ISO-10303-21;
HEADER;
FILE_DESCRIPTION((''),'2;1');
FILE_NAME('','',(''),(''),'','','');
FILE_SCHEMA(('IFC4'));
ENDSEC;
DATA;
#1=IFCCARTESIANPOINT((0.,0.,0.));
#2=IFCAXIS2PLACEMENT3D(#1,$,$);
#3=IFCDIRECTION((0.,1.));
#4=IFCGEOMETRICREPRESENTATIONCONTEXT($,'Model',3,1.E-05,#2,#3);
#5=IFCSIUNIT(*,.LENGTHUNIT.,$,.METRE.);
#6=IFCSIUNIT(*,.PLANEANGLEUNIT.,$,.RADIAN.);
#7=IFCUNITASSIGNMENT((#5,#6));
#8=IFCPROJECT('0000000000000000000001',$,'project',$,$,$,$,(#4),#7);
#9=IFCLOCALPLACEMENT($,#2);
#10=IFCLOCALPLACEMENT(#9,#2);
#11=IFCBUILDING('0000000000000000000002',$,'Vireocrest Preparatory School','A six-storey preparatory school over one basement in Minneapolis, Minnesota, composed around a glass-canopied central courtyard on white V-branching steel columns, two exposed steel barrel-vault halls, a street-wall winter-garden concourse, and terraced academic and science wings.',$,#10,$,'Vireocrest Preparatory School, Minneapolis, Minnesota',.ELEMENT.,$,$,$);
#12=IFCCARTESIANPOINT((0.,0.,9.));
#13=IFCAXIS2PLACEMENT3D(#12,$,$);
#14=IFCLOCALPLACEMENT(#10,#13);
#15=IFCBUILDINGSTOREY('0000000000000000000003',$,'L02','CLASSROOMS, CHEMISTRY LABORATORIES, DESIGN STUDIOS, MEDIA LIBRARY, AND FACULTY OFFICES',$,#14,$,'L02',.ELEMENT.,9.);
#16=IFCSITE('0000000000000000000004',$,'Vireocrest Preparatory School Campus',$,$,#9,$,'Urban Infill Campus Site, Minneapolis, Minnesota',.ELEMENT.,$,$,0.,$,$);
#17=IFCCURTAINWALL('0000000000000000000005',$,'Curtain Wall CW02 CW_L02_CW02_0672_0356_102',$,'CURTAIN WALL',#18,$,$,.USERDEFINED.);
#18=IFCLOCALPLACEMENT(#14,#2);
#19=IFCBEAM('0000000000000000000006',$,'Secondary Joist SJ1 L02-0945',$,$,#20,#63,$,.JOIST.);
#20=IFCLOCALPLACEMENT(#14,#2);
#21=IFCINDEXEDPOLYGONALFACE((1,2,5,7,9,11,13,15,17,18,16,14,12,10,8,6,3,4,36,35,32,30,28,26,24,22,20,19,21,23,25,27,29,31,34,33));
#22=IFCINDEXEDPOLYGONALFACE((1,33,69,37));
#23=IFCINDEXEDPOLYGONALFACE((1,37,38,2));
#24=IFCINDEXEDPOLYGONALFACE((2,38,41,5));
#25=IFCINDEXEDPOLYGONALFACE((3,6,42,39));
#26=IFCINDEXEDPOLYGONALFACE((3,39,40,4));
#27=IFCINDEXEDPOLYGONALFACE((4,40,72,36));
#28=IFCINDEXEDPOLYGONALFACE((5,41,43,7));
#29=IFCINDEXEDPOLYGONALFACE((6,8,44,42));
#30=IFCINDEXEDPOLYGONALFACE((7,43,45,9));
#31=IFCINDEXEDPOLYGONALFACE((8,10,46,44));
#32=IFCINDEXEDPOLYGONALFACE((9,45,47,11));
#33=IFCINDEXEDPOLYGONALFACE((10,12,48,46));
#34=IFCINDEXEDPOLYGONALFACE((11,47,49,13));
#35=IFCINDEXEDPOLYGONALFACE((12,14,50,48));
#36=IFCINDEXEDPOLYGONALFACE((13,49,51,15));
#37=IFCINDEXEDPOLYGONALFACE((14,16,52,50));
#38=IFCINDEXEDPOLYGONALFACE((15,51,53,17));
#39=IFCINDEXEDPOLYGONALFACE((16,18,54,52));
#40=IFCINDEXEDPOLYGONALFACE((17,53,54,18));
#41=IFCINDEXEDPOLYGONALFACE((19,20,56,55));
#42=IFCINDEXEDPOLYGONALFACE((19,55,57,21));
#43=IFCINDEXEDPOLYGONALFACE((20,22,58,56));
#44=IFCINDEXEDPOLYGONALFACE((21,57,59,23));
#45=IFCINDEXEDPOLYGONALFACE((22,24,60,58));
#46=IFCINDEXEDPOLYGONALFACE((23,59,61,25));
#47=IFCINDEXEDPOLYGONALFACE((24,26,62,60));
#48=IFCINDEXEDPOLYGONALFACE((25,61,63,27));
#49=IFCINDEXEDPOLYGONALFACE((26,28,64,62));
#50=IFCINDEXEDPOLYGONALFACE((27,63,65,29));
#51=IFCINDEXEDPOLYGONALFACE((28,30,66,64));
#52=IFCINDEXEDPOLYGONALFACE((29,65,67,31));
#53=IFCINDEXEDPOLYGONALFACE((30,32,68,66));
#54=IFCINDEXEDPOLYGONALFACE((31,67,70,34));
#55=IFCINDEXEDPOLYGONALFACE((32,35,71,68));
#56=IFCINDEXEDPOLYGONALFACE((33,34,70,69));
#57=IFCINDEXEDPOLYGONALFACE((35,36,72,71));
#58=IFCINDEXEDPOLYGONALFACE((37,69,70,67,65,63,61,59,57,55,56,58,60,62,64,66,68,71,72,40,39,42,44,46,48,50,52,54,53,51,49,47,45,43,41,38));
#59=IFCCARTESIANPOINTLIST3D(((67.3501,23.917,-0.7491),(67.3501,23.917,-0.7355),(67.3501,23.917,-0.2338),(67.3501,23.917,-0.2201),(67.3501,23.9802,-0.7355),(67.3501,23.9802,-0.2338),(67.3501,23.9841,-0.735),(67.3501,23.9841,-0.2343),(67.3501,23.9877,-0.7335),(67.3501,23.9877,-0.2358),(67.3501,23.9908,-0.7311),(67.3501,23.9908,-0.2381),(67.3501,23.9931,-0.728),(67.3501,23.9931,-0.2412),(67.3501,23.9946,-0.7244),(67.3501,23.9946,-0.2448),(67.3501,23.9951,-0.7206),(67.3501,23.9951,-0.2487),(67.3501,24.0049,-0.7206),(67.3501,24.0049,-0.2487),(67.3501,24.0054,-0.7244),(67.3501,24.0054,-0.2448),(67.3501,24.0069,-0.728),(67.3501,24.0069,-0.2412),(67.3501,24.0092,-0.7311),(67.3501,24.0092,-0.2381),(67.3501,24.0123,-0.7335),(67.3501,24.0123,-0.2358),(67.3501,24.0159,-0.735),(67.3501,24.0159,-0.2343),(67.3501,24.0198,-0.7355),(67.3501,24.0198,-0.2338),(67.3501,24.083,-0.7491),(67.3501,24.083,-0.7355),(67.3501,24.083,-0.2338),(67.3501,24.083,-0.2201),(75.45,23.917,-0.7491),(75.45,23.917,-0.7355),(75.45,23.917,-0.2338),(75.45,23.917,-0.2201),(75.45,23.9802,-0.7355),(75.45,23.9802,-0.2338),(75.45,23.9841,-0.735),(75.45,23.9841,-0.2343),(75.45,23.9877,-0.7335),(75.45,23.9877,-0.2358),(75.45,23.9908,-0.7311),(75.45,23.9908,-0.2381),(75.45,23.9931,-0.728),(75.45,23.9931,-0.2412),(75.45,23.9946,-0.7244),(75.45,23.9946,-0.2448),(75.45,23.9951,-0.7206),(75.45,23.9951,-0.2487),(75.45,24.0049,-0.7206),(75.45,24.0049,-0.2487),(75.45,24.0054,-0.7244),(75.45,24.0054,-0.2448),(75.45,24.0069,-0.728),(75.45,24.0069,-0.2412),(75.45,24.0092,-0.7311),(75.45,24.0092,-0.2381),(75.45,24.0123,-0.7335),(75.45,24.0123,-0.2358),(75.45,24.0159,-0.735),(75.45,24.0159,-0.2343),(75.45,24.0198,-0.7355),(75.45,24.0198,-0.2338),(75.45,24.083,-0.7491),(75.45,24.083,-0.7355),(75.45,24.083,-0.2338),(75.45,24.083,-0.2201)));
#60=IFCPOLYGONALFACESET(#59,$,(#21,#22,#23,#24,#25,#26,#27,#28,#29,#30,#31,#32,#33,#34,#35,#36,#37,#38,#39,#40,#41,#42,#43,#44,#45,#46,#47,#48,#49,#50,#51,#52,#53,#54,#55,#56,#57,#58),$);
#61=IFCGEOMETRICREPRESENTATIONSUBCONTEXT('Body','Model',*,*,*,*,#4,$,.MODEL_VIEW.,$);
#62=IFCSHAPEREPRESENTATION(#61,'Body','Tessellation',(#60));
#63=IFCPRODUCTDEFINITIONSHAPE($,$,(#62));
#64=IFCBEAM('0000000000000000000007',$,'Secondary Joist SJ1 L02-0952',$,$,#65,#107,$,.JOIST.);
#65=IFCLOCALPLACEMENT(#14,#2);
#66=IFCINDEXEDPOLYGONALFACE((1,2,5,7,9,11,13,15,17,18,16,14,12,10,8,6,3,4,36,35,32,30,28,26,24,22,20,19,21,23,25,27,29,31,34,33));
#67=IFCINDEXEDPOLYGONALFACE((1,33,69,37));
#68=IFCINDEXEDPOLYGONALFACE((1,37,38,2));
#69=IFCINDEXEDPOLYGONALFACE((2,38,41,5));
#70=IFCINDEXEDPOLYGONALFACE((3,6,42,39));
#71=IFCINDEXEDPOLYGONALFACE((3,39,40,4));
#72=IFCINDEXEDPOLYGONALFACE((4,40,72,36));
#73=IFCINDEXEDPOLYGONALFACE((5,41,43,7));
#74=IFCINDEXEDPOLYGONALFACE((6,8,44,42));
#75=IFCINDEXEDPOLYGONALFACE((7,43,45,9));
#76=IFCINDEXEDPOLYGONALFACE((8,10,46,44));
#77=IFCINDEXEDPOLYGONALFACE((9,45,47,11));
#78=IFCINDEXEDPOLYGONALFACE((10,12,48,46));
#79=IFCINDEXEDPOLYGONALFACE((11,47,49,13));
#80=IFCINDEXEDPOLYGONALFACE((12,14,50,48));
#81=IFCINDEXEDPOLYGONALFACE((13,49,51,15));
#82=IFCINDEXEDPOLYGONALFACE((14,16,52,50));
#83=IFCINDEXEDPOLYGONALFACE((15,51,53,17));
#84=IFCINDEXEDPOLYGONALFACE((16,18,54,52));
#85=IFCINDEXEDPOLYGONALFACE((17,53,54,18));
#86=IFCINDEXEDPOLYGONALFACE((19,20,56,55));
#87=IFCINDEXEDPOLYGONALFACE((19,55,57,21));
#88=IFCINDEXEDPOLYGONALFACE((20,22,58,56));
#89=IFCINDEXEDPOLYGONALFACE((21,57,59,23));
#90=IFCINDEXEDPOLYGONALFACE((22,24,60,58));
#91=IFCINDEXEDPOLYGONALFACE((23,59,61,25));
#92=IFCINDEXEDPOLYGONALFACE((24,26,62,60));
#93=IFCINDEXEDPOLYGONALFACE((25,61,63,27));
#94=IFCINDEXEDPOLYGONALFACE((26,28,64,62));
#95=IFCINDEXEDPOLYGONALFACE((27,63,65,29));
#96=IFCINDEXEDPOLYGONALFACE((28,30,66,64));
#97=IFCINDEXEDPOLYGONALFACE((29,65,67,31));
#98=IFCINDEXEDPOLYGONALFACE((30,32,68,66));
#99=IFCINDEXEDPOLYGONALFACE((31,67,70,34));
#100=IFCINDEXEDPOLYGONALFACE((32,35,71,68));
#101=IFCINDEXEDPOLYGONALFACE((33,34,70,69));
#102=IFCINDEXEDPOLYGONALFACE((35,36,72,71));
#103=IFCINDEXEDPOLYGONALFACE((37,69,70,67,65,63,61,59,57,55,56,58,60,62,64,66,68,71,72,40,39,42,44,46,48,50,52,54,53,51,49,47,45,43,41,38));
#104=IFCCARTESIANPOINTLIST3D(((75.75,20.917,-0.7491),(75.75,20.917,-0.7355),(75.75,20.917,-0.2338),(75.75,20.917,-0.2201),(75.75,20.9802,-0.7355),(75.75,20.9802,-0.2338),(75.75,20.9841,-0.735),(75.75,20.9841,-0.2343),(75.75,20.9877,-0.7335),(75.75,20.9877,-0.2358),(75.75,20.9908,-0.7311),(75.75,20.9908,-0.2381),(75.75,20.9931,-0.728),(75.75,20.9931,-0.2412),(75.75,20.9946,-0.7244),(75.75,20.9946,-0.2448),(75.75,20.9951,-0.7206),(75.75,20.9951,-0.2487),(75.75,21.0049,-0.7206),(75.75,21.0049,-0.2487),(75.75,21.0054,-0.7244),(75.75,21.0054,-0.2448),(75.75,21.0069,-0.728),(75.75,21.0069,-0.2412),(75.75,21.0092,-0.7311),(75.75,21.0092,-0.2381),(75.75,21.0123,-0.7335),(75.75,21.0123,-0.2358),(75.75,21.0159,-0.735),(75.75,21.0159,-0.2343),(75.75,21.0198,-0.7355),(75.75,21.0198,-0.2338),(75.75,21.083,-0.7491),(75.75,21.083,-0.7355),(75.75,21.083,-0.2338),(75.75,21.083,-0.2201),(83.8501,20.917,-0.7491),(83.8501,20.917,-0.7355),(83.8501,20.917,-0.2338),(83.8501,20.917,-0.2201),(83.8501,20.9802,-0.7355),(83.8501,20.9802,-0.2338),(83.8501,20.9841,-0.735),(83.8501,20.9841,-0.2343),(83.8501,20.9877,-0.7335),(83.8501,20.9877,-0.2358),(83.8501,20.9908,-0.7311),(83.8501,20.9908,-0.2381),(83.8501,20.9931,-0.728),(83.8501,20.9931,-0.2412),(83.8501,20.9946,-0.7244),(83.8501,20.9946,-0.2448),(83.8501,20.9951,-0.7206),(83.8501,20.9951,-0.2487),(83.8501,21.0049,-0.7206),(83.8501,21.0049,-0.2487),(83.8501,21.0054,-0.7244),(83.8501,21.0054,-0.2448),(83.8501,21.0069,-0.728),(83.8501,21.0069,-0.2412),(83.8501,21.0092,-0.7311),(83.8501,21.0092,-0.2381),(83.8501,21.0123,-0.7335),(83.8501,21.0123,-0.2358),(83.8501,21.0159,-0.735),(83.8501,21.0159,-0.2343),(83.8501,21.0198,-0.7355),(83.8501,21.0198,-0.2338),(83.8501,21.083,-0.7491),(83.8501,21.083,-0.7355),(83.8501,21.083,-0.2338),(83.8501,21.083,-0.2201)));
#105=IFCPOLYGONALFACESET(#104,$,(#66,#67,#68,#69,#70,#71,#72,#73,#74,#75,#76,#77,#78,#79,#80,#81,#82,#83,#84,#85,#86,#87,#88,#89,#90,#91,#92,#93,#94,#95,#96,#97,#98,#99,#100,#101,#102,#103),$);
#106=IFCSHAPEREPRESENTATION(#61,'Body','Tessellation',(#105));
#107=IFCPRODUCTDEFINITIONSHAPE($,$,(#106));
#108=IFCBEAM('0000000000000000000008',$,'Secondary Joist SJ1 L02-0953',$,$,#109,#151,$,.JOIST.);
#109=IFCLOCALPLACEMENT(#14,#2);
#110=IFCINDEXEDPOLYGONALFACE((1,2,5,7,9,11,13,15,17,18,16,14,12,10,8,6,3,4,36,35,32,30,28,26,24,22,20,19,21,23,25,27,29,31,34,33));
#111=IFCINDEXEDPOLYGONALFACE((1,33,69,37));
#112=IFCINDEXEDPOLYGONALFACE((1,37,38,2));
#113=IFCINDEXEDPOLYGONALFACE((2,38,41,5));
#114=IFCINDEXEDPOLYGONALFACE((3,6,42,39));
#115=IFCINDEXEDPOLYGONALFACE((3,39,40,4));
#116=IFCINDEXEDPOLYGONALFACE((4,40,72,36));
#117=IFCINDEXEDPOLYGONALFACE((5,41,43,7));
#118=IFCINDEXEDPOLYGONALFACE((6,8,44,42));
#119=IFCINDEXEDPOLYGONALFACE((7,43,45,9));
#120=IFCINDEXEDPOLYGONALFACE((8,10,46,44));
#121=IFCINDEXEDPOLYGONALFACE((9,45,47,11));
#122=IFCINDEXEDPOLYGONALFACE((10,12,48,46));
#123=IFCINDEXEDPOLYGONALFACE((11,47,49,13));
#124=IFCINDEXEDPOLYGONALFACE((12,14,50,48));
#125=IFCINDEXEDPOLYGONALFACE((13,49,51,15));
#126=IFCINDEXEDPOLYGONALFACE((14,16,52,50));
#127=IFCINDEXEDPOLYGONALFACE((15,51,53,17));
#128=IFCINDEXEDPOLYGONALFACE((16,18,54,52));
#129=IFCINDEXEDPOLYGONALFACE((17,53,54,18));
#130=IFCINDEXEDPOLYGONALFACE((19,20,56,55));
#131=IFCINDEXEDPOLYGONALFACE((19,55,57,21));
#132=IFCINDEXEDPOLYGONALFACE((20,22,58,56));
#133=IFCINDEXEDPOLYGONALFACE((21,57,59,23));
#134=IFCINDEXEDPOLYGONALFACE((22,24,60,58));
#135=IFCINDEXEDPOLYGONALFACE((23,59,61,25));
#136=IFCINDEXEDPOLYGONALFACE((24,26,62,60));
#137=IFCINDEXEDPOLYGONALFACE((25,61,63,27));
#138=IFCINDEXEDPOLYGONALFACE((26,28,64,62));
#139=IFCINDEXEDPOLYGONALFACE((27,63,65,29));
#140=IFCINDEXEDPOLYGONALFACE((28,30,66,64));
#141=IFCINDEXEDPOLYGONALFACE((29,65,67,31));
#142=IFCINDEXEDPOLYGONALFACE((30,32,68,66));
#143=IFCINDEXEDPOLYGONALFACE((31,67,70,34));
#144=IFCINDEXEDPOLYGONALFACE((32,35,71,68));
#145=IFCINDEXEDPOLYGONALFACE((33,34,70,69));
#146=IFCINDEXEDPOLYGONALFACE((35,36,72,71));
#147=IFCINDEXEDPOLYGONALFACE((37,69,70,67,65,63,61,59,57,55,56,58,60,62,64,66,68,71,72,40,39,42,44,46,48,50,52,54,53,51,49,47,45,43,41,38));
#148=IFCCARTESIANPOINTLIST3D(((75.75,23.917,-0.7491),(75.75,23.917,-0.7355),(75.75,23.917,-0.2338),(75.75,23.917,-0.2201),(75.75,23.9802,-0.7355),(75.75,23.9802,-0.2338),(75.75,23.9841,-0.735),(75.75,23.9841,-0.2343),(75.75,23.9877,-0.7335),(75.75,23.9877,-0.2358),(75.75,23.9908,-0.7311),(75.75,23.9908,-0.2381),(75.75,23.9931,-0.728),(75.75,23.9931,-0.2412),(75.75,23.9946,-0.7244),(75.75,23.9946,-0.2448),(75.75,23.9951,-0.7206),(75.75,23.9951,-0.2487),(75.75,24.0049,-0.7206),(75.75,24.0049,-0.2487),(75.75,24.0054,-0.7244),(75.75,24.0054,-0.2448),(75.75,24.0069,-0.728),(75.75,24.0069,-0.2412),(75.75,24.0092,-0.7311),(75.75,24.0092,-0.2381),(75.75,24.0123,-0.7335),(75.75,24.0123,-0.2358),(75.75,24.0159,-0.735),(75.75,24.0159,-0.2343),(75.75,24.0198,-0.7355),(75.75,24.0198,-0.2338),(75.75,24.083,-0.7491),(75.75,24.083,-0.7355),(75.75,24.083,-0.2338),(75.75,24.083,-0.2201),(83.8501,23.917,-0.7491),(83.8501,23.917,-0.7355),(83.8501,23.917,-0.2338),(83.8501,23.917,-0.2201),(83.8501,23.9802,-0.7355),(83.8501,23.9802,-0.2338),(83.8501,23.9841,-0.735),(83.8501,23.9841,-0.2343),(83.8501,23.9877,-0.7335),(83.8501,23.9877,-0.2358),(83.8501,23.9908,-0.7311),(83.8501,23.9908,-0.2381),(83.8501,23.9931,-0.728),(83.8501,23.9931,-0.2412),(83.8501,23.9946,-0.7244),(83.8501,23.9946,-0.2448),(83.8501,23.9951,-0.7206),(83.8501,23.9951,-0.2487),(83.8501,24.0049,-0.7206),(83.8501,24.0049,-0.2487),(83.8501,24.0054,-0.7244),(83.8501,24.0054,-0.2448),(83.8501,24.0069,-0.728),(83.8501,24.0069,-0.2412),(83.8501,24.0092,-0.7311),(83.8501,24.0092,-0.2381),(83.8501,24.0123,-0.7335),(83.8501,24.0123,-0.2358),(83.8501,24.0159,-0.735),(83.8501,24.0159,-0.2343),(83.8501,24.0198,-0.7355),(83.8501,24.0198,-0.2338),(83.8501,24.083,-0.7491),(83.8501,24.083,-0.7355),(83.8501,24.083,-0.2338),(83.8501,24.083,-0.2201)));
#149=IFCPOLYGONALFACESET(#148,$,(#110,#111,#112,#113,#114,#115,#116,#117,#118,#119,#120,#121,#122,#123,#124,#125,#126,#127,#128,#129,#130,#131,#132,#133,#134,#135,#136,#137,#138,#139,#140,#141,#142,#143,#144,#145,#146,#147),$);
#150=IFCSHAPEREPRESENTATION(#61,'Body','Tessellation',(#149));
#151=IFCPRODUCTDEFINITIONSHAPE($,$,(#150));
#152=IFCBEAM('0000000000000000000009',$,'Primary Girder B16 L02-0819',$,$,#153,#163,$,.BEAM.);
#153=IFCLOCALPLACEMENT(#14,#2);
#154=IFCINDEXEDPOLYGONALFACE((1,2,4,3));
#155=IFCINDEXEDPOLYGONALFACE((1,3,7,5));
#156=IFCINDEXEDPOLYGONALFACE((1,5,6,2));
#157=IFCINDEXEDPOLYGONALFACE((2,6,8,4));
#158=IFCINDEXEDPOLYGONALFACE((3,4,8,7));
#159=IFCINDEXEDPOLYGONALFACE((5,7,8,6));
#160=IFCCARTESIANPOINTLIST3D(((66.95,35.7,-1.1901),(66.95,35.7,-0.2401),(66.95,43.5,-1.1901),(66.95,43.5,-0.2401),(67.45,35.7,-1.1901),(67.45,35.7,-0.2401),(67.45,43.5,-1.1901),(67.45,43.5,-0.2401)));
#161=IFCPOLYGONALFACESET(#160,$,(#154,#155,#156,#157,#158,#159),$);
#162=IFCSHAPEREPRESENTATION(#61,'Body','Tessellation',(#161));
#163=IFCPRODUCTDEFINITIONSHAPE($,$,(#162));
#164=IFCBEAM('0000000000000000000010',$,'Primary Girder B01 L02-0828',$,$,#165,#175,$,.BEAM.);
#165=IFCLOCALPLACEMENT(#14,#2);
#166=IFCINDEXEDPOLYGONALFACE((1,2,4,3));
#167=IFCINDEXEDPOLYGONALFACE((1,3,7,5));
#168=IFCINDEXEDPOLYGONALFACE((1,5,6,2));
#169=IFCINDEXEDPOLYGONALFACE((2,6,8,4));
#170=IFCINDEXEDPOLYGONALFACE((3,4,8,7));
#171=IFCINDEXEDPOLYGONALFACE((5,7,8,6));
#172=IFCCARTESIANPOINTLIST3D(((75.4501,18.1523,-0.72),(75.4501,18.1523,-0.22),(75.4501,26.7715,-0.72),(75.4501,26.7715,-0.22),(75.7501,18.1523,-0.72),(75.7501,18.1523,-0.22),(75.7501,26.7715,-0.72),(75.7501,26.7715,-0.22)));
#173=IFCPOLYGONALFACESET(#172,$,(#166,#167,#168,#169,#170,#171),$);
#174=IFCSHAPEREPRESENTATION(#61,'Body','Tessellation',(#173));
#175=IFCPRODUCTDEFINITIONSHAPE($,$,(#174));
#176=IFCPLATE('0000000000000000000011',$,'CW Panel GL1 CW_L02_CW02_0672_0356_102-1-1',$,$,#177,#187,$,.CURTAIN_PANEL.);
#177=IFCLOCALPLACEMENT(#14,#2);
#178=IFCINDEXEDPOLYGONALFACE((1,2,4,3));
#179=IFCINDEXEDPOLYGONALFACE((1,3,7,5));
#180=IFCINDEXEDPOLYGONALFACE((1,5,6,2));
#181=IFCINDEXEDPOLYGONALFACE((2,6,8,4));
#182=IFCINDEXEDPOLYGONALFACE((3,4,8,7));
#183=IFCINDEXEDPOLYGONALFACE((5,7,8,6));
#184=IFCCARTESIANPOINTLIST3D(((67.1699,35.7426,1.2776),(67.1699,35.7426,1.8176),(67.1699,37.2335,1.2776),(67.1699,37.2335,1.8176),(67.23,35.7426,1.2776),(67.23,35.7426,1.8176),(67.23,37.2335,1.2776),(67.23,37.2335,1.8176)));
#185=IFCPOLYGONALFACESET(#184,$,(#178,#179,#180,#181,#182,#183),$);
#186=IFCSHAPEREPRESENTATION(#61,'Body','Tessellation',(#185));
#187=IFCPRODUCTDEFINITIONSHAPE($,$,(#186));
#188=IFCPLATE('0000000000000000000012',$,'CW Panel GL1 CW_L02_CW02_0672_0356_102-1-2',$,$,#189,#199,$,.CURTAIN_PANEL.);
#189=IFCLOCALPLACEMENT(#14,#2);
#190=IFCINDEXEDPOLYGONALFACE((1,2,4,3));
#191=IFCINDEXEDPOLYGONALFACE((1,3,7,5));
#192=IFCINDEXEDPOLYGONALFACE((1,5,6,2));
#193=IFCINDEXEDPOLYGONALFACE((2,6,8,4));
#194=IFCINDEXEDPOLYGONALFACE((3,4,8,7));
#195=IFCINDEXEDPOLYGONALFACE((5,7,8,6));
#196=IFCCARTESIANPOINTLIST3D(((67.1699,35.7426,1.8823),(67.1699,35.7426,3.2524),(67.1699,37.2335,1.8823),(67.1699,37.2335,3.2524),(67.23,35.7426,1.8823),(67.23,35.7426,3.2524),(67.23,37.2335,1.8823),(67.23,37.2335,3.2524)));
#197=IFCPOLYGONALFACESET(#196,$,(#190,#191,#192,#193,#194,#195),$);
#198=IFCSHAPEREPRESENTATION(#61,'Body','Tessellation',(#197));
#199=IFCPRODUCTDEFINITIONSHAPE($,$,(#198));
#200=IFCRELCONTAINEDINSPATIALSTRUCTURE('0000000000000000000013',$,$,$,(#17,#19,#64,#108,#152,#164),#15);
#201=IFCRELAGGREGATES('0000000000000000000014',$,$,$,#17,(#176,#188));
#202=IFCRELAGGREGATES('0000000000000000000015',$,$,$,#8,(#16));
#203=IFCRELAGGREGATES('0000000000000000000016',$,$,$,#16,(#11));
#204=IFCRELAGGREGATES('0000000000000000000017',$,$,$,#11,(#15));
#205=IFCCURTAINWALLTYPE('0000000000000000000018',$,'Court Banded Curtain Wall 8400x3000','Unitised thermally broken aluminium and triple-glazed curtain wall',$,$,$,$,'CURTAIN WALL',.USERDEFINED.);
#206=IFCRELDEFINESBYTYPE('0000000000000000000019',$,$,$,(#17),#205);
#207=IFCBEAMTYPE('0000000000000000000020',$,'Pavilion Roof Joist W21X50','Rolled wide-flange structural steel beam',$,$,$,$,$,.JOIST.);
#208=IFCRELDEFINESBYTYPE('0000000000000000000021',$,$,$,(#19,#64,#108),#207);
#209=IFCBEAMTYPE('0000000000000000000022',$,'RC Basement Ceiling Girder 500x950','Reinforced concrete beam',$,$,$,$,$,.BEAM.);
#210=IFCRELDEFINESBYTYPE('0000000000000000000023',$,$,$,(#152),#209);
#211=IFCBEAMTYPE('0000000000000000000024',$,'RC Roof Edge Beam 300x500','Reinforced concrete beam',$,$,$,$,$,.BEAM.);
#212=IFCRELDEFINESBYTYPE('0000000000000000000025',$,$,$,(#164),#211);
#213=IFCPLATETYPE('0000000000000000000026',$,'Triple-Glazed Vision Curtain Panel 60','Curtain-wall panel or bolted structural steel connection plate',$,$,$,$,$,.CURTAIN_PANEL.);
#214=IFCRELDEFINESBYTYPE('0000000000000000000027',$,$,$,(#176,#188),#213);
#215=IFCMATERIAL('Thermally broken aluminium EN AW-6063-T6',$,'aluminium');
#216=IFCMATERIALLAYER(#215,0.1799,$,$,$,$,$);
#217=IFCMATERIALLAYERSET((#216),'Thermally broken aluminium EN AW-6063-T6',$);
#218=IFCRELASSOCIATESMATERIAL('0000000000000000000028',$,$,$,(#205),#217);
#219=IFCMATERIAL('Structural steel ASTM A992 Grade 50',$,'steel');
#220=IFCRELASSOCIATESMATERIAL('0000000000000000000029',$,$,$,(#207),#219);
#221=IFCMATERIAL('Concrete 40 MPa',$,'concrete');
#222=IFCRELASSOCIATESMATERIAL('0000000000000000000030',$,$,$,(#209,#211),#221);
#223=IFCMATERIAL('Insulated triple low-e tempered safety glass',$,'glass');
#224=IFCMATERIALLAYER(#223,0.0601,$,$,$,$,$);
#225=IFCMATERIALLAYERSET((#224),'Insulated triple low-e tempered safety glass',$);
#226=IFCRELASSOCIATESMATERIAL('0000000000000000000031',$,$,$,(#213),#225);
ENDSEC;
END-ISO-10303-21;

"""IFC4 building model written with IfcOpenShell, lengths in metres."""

from ifc_helpers import new_model, si_unit, direction, frame, origin, origin_2d, place, context, subcontext, project, spatial, rectangle, i_section, extrude, material, layer, layer_set, material_profile, profile_set, type_object, element, aggregate, save


model = new_model("IFC4")

# Units and contexts
model_context = context("Model", 3, precision=1e-05, world=origin(), true_north=direction((0.0, 1.0)))
body_context = subcontext(model_context, "Body", "Model", "MODEL_VIEW")
ifc_project = project(units=[si_unit("LENGTHUNIT", "METRE"), si_unit("PLANEANGLEUNIT", "RADIAN")], contexts=[model_context])

# Site, building, storey
site_placement = place(None, origin())
site = spatial("IfcSite", under=ifc_project, at=site_placement, Name="Vireocrest Preparatory School Campus", LongName="Urban Infill Campus Site, Minneapolis, Minnesota", CompositionType="ELEMENT", RefElevation=0.0)
building_placement = place(site_placement, origin())
building = spatial("IfcBuilding", under=site, at=building_placement, Name="Vireocrest Preparatory School", Description="A six-storey preparatory school over one basement in Minneapolis, Minnesota, composed around a glass-canopied central courtyard on white V-branching steel columns, two exposed steel barrel-vault halls, a street-wall winter-garden concourse, and terraced academic and science wings.", LongName="Vireocrest Preparatory School, Minneapolis, Minnesota", CompositionType="ELEMENT")
storey_placement = place(building_placement, frame((0.0, 0.0, 9.0)))
storey = spatial("IfcBuildingStorey", under=building, at=storey_placement, Name="L02", Description="CLASSROOMS, CHEMISTRY LABORATORIES, DESIGN STUDIOS, MEDIA LIBRARY, AND FACULTY OFFICES", LongName="L02", CompositionType="ELEMENT", Elevation=9.0)

# Shared definitions
ifc_material_1 = material(Name="Structural steel ASTM A992 Grade 50", Category="steel")

# Curtain wall
ifc_material_2 = material(Name="Thermally broken aluminium EN AW-6063-T6", Category="aluminium")
ifc_layer_1 = layer(ifc_material_2, 0.1799)
ifc_layer_set_1 = layer_set([ifc_layer_1], Name="Thermally broken aluminium EN AW-6063-T6")
curtain_wall_type = type_object("IfcCurtainWallType", Name="Court Banded Curtain Wall 8400x3000", Description="Unitised thermally broken aluminium and triple-glazed curtain wall", ElementType="CURTAIN WALL", PredefinedType="USERDEFINED", material=ifc_layer_set_1)
curtain_wall_placement = place(storey_placement, origin())
curtain_wall = element("IfcCurtainWall", 1, at=curtain_wall_placement, inside=storey, type_object=curtain_wall_type, Name="Curtain Wall CW02 CW_L02_CW02_0672_0356_102", ObjectType="CURTAIN WALL", PredefinedType="USERDEFINED")

# Beams
ifc_material_profile_1 = material_profile(ifc_material_1, i_section(OverallWidth=0.166, OverallDepth=0.5291, WebThickness=0.0098, FlangeThickness=0.0137, FilletRadius=0.0149, at=origin_2d()), Name="W21X50")
ifc_profile_set_1 = profile_set([ifc_material_profile_1], Name="Structural steel ASTM A992 Grade 50")
beam_type_1 = type_object("IfcBeamType", Name="Pavilion Roof Joist W21X50", Description="Rolled wide-flange structural steel beam", PredefinedType="JOIST", material=ifc_profile_set_1)
for number, where, z_axis, x_axis, name in (
    (2, (67.3501, 24.0, -0.4846), (1.0, 0.0, 0.0), (0.0, 1.0, 0.0), "Secondary Joist SJ1 L02-0945"),
):
    element("IfcBeam", number, at=place(storey_placement, frame(where, z_axis=z_axis, x_axis=x_axis)), inside=storey, type_object=beam_type_1, Name=name, PredefinedType="JOIST", context=body_context, shape_type="SweptSolid", body=[
        extrude(i_section(OverallWidth=0.166, OverallDepth=0.5291, WebThickness=0.0098, FlangeThickness=0.0137, FilletRadius=0.0149, at=origin_2d()), origin(), (0.0, 0.0, 1.0), 8.0999),
    ])
for number, where, z_axis, x_axis, name in (
    (3, (75.75, 21.0, -0.4846), (1.0, 0.0, 0.0), (0.0, 1.0, 0.0), "Secondary Joist SJ1 L02-0952"),
    (4, (75.75, 24.0, -0.4846), (1.0, 0.0, 0.0), (0.0, 1.0, 0.0), "Secondary Joist SJ1 L02-0953"),
):
    element("IfcBeam", number, at=place(storey_placement, frame(where, z_axis=z_axis, x_axis=x_axis)), inside=storey, type_object=beam_type_1, Name=name, PredefinedType="JOIST", context=body_context, shape_type="SweptSolid", body=[
        extrude(i_section(OverallWidth=0.166, OverallDepth=0.5291, WebThickness=0.0098, FlangeThickness=0.0137, FilletRadius=0.0149, at=origin_2d()), origin(), (0.0, 0.0, 1.0), 8.1001),
    ])
ifc_material_3 = material(Name="Concrete 40 MPa", Category="concrete")
ifc_material_profile_2 = material_profile(ifc_material_3, rectangle(XDim=0.5, YDim=0.95, at=origin_2d()), Name="RC 500x950")
ifc_profile_set_2 = profile_set([ifc_material_profile_2], Name="Concrete 40 MPa")
beam_type_2 = type_object("IfcBeamType", Name="RC Basement Ceiling Girder 500x950", Description="Reinforced concrete beam", PredefinedType="BEAM", material=ifc_profile_set_2)
beam_1_placement = place(storey_placement, frame((67.2, 35.7, -0.7151), z_axis=(0.0, 1.0, 0.0), x_axis=(-1.0, 0.0, 0.0)))
element("IfcBeam", 5, at=beam_1_placement, inside=storey, type_object=beam_type_2, Name="Primary Girder B16 L02-0819", PredefinedType="BEAM", context=body_context, shape_type="SweptSolid", body=[
    extrude(rectangle(XDim=0.5, YDim=0.95, at=origin_2d()), origin(), (0.0, 0.0, 1.0), 7.8),
])
ifc_material_profile_3 = material_profile(ifc_material_3, rectangle(XDim=0.3, YDim=0.5, at=origin_2d()), Name="RC 300x500")
ifc_profile_set_3 = profile_set([ifc_material_profile_3], Name="Concrete 40 MPa")
beam_type_3 = type_object("IfcBeamType", Name="RC Roof Edge Beam 300x500", Description="Reinforced concrete beam", PredefinedType="BEAM", material=ifc_profile_set_3)
beam_2_placement = place(storey_placement, frame((75.6001, 18.1523, -0.47), z_axis=(0.0, 1.0, 0.0), x_axis=(-1.0, 0.0, 0.0)))
element("IfcBeam", 6, at=beam_2_placement, inside=storey, type_object=beam_type_3, Name="Primary Girder B01 L02-0828", PredefinedType="BEAM", context=body_context, shape_type="SweptSolid", body=[
    extrude(rectangle(XDim=0.3, YDim=0.5, at=origin_2d()), origin(), (0.0, 0.0, 1.0), 8.6191),
])

# Plates
ifc_material_4 = material(Name="Insulated triple low-e tempered safety glass", Category="glass")
ifc_layer_2 = layer(ifc_material_4, 0.0601)
ifc_layer_set_2 = layer_set([ifc_layer_2], Name="Insulated triple low-e tempered safety glass")
plate_type = type_object("IfcPlateType", Name="Triple-Glazed Vision Curtain Panel 60", Description="Curtain-wall panel or bolted structural steel connection plate", PredefinedType="CURTAIN_PANEL", material=ifc_layer_set_2)
plate_1_placement = place(storey_placement, frame((67.2, 36.488, 1.2776), z_axis=(0.0, 0.0, 1.0), x_axis=(0.0, 1.0, 0.0)))
plate_1 = element("IfcPlate", 7, at=plate_1_placement, type_object=plate_type, Name="CW Panel GL1 CW_L02_CW02_0672_0356_102-1-1", PredefinedType="CURTAIN_PANEL", context=body_context, shape_type="SweptSolid", body=[
    extrude(rectangle(XDim=1.491, YDim=0.0601, at=origin_2d()), origin(), (0.0, 0.0, 1.0), 0.54),
])
plate_2_placement = place(storey_placement, frame((67.2, 36.488, 1.8823), z_axis=(0.0, 0.0, 1.0), x_axis=(0.0, 1.0, 0.0)))
plate_2 = element("IfcPlate", 8, at=plate_2_placement, type_object=plate_type, Name="CW Panel GL1 CW_L02_CW02_0672_0356_102-1-2", PredefinedType="CURTAIN_PANEL", context=body_context, shape_type="SweptSolid", body=[
    extrude(rectangle(XDim=1.491, YDim=0.0601, at=origin_2d()), origin(), (0.0, 0.0, 1.0), 1.3701),
])
aggregate(curtain_wall, [plate_1, plate_2])

save(model, "model.ifc")
